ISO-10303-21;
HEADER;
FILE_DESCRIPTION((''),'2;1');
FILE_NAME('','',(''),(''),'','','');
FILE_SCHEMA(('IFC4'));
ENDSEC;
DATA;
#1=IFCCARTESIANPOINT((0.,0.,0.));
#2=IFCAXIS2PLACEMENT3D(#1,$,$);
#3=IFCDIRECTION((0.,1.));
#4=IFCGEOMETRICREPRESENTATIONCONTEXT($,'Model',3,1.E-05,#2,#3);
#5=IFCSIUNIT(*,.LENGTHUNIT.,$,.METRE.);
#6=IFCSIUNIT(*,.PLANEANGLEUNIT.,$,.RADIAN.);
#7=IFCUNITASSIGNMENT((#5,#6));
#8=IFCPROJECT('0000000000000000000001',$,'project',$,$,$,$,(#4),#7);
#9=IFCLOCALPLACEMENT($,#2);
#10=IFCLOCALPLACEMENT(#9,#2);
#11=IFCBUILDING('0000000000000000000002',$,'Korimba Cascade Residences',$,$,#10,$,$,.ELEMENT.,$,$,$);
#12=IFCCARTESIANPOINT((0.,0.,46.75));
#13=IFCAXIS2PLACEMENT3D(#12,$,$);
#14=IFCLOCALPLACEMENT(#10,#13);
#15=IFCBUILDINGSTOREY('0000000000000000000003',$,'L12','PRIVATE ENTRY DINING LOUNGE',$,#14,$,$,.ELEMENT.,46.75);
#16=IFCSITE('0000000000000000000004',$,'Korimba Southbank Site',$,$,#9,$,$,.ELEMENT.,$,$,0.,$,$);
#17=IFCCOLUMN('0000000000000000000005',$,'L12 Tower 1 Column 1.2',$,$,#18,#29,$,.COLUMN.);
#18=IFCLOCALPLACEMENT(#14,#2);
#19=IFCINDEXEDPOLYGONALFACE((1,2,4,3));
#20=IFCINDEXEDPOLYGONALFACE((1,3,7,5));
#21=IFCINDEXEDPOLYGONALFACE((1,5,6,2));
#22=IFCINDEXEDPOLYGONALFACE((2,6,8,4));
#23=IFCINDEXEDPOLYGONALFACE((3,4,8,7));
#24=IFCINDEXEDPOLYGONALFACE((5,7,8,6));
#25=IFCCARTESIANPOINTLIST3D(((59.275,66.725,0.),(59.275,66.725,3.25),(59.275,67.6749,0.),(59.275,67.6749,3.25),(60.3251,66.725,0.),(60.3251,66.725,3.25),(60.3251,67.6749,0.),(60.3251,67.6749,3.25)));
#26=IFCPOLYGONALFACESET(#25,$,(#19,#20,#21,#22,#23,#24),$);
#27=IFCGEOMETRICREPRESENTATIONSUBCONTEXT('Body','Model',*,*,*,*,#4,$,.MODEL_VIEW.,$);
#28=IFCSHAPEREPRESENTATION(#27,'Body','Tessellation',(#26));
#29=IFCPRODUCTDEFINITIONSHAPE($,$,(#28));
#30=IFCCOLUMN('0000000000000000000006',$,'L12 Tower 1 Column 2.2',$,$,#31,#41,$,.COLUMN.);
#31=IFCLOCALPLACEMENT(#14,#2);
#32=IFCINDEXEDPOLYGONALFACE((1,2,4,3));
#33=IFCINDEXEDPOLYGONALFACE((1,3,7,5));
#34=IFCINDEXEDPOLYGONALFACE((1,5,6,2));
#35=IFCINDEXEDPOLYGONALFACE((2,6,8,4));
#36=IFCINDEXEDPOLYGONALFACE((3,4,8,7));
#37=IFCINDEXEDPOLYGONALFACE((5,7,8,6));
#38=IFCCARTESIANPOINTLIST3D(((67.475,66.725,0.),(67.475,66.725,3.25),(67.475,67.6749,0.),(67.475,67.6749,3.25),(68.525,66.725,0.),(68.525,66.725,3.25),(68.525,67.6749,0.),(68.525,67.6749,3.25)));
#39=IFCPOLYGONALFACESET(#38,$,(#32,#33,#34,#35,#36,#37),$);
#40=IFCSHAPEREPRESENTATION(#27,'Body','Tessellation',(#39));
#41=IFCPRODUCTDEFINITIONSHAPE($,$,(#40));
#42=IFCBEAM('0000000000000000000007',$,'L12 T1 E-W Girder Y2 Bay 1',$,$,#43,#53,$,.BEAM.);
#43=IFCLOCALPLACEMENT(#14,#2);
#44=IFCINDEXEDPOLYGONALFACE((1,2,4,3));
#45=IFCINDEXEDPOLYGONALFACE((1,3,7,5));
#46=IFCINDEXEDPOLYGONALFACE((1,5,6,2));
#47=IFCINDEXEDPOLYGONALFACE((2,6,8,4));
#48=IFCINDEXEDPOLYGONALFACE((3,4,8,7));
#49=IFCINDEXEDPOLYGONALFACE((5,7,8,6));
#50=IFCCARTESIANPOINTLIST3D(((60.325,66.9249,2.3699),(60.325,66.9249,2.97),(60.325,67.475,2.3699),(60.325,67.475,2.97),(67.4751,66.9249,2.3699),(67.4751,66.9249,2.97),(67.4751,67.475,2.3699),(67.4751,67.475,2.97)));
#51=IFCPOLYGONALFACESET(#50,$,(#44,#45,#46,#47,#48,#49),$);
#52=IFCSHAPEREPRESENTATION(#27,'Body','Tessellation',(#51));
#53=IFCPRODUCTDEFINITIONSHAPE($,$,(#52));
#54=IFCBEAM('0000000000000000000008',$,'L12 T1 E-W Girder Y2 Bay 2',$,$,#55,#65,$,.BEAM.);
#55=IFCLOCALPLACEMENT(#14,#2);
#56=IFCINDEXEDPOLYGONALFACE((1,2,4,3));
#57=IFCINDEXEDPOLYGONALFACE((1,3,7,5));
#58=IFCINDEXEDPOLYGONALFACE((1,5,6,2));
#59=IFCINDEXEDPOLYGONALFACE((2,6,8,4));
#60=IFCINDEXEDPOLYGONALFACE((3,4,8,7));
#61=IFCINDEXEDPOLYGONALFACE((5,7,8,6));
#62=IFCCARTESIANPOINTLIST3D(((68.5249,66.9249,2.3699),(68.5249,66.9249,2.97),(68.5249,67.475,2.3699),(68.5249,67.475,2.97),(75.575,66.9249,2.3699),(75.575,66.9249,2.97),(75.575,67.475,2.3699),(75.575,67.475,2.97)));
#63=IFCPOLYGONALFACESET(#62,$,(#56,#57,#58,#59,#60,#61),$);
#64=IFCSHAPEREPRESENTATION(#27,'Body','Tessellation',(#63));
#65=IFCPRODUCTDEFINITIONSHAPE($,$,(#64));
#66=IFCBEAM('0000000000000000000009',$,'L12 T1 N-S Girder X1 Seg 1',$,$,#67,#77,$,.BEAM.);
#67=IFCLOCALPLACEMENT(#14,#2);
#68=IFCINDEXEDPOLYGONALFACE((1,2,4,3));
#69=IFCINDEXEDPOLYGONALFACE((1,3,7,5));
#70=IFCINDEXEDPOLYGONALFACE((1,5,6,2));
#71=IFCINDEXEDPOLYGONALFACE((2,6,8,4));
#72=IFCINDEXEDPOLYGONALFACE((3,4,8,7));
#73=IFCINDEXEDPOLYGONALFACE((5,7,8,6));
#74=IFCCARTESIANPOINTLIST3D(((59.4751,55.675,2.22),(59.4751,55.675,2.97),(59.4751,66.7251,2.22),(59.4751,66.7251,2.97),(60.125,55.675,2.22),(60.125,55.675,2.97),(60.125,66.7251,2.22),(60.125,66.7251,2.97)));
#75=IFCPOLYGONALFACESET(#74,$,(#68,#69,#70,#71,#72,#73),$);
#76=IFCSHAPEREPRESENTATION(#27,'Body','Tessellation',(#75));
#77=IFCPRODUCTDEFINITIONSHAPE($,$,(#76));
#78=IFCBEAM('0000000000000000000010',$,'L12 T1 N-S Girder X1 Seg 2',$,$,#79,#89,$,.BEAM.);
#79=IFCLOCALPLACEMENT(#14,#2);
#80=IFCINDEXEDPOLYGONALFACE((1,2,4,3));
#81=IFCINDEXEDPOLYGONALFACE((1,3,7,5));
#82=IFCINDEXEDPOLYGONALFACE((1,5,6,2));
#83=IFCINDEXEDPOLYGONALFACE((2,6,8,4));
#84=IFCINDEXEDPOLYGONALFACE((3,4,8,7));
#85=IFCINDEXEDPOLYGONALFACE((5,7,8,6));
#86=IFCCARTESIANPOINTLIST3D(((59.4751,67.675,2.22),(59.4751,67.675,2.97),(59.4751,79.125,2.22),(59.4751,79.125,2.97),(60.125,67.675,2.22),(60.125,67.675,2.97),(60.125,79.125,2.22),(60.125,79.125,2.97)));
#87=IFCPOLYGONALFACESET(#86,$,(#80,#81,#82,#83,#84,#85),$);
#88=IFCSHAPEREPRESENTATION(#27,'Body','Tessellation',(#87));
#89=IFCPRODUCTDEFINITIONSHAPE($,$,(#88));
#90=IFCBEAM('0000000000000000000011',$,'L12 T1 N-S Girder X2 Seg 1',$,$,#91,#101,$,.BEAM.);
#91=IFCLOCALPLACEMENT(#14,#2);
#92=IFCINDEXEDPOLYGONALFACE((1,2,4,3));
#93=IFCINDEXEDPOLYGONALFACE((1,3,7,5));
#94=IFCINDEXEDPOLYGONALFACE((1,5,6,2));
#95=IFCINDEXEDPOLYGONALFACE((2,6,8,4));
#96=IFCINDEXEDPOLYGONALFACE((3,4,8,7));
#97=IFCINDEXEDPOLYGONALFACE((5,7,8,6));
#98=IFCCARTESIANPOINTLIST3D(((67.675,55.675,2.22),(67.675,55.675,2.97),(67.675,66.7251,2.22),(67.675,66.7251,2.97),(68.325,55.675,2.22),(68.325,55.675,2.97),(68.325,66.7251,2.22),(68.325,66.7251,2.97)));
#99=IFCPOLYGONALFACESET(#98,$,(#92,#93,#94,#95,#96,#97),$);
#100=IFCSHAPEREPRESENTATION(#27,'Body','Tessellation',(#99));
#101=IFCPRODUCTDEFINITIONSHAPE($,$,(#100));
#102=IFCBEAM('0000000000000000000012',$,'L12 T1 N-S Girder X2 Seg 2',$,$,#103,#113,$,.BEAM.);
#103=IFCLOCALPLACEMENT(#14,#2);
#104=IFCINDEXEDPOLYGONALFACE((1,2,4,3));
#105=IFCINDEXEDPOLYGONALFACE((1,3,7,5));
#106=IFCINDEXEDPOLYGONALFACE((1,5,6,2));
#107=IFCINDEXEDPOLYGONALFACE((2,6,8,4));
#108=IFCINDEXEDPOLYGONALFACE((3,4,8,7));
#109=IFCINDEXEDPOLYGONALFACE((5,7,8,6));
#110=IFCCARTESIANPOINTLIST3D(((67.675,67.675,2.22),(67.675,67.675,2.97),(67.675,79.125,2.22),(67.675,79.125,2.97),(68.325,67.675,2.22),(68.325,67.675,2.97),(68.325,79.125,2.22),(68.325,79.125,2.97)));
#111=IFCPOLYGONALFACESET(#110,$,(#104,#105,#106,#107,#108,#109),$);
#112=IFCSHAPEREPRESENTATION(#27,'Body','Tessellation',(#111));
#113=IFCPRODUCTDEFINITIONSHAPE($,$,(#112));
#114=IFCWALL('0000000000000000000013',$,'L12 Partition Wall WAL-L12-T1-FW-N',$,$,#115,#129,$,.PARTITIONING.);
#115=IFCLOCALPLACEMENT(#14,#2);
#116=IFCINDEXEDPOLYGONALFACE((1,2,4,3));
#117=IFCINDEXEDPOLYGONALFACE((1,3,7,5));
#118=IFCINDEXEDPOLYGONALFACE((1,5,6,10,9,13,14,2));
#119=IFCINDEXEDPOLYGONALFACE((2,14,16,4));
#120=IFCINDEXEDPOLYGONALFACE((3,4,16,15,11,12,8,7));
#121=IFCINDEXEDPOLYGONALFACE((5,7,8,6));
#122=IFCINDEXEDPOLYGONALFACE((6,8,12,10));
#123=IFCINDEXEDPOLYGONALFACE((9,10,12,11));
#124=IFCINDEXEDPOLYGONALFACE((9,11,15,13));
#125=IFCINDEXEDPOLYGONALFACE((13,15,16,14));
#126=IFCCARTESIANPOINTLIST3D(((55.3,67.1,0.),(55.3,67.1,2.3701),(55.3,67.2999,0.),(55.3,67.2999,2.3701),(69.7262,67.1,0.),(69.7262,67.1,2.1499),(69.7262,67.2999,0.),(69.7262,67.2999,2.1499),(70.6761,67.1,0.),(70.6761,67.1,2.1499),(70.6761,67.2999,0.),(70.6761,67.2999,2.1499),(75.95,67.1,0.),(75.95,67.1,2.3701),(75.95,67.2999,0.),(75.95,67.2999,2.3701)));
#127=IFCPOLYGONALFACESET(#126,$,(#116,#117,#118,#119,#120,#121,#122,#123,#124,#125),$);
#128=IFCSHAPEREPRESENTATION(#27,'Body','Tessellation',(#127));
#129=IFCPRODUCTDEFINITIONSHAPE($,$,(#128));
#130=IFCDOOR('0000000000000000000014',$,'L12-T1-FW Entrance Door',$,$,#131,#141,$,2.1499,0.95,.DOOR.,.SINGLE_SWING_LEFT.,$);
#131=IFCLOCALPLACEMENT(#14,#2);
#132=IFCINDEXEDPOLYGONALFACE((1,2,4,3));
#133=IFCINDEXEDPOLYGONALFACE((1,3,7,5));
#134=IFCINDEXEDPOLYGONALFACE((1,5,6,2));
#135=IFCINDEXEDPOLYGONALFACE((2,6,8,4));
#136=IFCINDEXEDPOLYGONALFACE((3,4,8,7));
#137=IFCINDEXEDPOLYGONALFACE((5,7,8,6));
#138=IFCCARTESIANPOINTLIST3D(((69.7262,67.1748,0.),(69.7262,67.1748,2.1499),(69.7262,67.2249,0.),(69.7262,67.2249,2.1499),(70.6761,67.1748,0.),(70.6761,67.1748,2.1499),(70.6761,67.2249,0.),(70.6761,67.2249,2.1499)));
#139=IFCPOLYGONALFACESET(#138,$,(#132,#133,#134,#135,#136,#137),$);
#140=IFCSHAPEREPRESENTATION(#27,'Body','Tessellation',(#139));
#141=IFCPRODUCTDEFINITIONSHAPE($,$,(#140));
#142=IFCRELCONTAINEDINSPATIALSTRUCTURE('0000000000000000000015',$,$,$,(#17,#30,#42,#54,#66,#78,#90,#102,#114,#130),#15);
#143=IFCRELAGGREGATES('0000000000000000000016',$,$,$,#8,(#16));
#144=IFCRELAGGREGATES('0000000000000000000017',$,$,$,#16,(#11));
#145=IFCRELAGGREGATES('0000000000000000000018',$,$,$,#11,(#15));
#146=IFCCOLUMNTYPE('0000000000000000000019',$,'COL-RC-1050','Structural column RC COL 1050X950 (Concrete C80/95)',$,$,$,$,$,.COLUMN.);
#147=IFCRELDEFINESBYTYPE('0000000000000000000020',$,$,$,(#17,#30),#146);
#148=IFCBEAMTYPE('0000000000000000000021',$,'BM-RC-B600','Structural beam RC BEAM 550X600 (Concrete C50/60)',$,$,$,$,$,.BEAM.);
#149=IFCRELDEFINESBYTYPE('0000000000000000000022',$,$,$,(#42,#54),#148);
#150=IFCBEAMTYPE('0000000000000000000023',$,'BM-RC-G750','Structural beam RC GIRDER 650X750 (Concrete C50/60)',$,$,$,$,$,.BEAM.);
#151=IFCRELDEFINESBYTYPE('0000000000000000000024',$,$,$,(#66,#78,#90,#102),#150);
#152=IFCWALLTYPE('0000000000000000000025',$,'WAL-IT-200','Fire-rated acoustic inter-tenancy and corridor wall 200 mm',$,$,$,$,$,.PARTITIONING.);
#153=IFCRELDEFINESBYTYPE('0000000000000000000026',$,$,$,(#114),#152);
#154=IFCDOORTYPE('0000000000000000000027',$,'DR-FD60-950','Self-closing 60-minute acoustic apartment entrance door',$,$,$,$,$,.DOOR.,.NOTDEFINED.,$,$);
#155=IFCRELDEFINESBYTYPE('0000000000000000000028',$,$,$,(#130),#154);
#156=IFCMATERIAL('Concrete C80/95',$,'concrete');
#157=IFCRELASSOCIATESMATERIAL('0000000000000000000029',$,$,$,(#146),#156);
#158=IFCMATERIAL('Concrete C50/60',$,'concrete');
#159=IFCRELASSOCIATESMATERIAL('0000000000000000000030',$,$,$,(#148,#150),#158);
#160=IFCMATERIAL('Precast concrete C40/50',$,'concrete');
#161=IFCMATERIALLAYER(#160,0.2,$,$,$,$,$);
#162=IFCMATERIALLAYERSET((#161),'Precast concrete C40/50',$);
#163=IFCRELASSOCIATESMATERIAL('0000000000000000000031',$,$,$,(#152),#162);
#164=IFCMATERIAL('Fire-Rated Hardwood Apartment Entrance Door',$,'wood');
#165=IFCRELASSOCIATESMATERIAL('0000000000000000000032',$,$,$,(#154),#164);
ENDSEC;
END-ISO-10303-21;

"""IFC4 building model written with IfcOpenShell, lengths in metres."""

from ifc_helpers import new_model, si_unit, direction, frame, frame_2d, origin, origin_2d, place, context, subcontext, project, spatial, rectangle, extrude, material, layer, layer_set, material_profile, profile_set, type_object, element, fill, save


model = new_model("IFC4")

# Units and contexts
model_context = context("Model", 3, precision=1e-05, world=origin(), true_north=direction((0.0, 1.0)))
body_context = subcontext(model_context, "Body", "Model", "MODEL_VIEW")
ifc_project = project(units=[si_unit("LENGTHUNIT", "METRE"), si_unit("PLANEANGLEUNIT", "RADIAN")], contexts=[model_context])

# Site, building, storey
site_placement = place(None, origin())
site = spatial("IfcSite", under=ifc_project, at=site_placement, Name="Korimba Southbank Site", CompositionType="ELEMENT", RefElevation=0.0)
building_placement = place(site_placement, origin())
building = spatial("IfcBuilding", under=site, at=building_placement, Name="Korimba Cascade Residences", CompositionType="ELEMENT")
storey_placement = place(building_placement, frame((0.0, 0.0, 46.75)))
storey = spatial("IfcBuildingStorey", under=building, at=storey_placement, Name="L12", Description="PRIVATE ENTRY DINING LOUNGE", CompositionType="ELEMENT", Elevation=46.75)

# Columns
ifc_material_1 = material(Name="Concrete C80/95", Category="concrete")
ifc_material_profile_1 = material_profile(ifc_material_1, rectangle(XDim=1.05, YDim=0.95, at=origin_2d()), Name="Concrete C80/95")
ifc_profile_set_1 = profile_set([ifc_material_profile_1], Name="Concrete C80/95")
column_type = type_object("IfcColumnType", Name="COL-RC-1050", Description="Structural column RC COL 1050X950 (Concrete C80/95)", PredefinedType="COLUMN", material=ifc_profile_set_1)
for number, where, z_axis, x_axis, name in (
    (1, (59.8, 67.2, 0.0), (0.0, 0.0, 1.0), (1.0, 0.0, 0.0), "L12 Tower 1 Column 1.2"),
    (2, (68.0, 67.2, 0.0), (0.0, 0.0, 1.0), (1.0, 0.0, 0.0), "L12 Tower 1 Column 2.2"),
):
    element("IfcColumn", number, at=place(storey_placement, frame(where, z_axis=z_axis, x_axis=x_axis)), inside=storey, type_object=column_type, Name=name, PredefinedType="COLUMN", context=body_context, shape_type="SweptSolid", body=[
        extrude(rectangle(XDim=1.05, YDim=0.95, at=origin_2d()), origin(), (0.0, 0.0, 1.0), 3.25),
    ])

# Beams
ifc_material_2 = material(Name="Concrete C50/60", Category="concrete")
ifc_material_profile_2 = material_profile(ifc_material_2, rectangle(XDim=0.55, YDim=0.6001, at=origin_2d()), Name="Concrete C50/60")
ifc_profile_set_2 = profile_set([ifc_material_profile_2], Name="Concrete C50/60")
beam_type_1 = type_object("IfcBeamType", Name="BM-RC-B600", Description="Structural beam RC BEAM 550X600 (Concrete C50/60)", PredefinedType="BEAM", material=ifc_profile_set_2)
beam_1_placement = place(storey_placement, frame((60.325, 67.2, 2.6699), z_axis=(1.0, 0.0, 0.0), x_axis=(0.0, 1.0, 0.0)))
element("IfcBeam", 3, at=beam_1_placement, inside=storey, type_object=beam_type_1, Name="L12 T1 E-W Girder Y2 Bay 1", PredefinedType="BEAM", context=body_context, shape_type="SweptSolid", body=[
    extrude(rectangle(XDim=0.55, YDim=0.6001, at=origin_2d()), origin(), (0.0, 0.0, 1.0), 7.1501),
])
beam_2_placement = place(storey_placement, frame((68.5249, 67.2, 2.6699), z_axis=(1.0, 0.0, 0.0), x_axis=(0.0, 1.0, 0.0)))
element("IfcBeam", 4, at=beam_2_placement, inside=storey, type_object=beam_type_1, Name="L12 T1 E-W Girder Y2 Bay 2", PredefinedType="BEAM", context=body_context, shape_type="SweptSolid", body=[
    extrude(rectangle(XDim=0.55, YDim=0.6001, at=origin_2d()), origin(), (0.0, 0.0, 1.0), 7.05),
])
ifc_material_profile_3 = material_profile(ifc_material_2, rectangle(XDim=0.6499, YDim=0.75, at=origin_2d()), Name="Concrete C50/60")
ifc_profile_set_3 = profile_set([ifc_material_profile_3], Name="Concrete C50/60")
beam_type_2 = type_object("IfcBeamType", Name="BM-RC-G750", Description="Structural beam RC GIRDER 650X750 (Concrete C50/60)", PredefinedType="BEAM", material=ifc_profile_set_3)
beam_3_placement = place(storey_placement, frame((59.8, 55.675, 2.595), z_axis=(0.0, 1.0, 0.0), x_axis=(-1.0, 0.0, 0.0)))
element("IfcBeam", 5, at=beam_3_placement, inside=storey, type_object=beam_type_2, Name="L12 T1 N-S Girder X1 Seg 1", PredefinedType="BEAM", context=body_context, shape_type="SweptSolid", body=[
    extrude(rectangle(XDim=0.6499, YDim=0.75, at=origin_2d()), origin(), (0.0, 0.0, 1.0), 11.05),
])
beam_4_placement = place(storey_placement, frame((59.8, 67.675, 2.595), z_axis=(0.0, 1.0, 0.0), x_axis=(-1.0, 0.0, 0.0)))
element("IfcBeam", 6, at=beam_4_placement, inside=storey, type_object=beam_type_2, Name="L12 T1 N-S Girder X1 Seg 2", PredefinedType="BEAM", context=body_context, shape_type="SweptSolid", body=[
    extrude(rectangle(XDim=0.6499, YDim=0.75, at=origin_2d()), origin(), (0.0, 0.0, 1.0), 11.45),
])
beam_5_placement = place(storey_placement, frame((68.0, 55.675, 2.595), z_axis=(0.0, 1.0, 0.0), x_axis=(-1.0, 0.0, 0.0)))
element("IfcBeam", 7, at=beam_5_placement, inside=storey, type_object=beam_type_2, Name="L12 T1 N-S Girder X2 Seg 1", PredefinedType="BEAM", context=body_context, shape_type="SweptSolid", body=[
    extrude(rectangle(XDim=0.6499, YDim=0.75, at=origin_2d()), origin(), (0.0, 0.0, 1.0), 11.05),
])
beam_6_placement = place(storey_placement, frame((68.0, 67.675, 2.595), z_axis=(0.0, 1.0, 0.0), x_axis=(-1.0, 0.0, 0.0)))
element("IfcBeam", 8, at=beam_6_placement, inside=storey, type_object=beam_type_2, Name="L12 T1 N-S Girder X2 Seg 2", PredefinedType="BEAM", context=body_context, shape_type="SweptSolid", body=[
    extrude(rectangle(XDim=0.6499, YDim=0.75, at=origin_2d()), origin(), (0.0, 0.0, 1.0), 11.45),
])

# Wall, opening, door
ifc_material_3 = material(Name="Precast concrete C40/50", Category="concrete")
ifc_layer_1 = layer(ifc_material_3, 0.2)
ifc_layer_set_1 = layer_set([ifc_layer_1], Name="Precast concrete C40/50")
wall_type_1 = type_object("IfcWallType", Name="WAL-IT-200", Description="Fire-rated acoustic inter-tenancy and corridor wall 200 mm", PredefinedType="PARTITIONING", material=ifc_layer_set_1)
wall_1_placement = place(storey_placement, frame((55.3, 67.2, 0.0), z_axis=(0.0, 0.0, 1.0), x_axis=(1.0, 0.0, 0.0)))
wall_1 = element("IfcWall", 9, at=wall_1_placement, inside=storey, type_object=wall_type_1, Name="L12 Partition Wall WAL-L12-T1-FW-N", PredefinedType="PARTITIONING", context=body_context, shape_type="SweptSolid", body=[
    extrude(rectangle(XDim=20.6499, YDim=0.2, at=frame_2d((10.325, 0.0))), origin(), (0.0, 0.0, 1.0), 2.3701),
])
opening_1_placement = place(wall_1_placement, frame((14.426, 0.0, 0.0)))
opening_1 = element("IfcOpeningElement", 10, at=opening_1_placement, cuts=wall_1, PredefinedType="OPENING", context=body_context, shape_type="SweptSolid", body=[
    extrude(rectangle(XDim=0.95, YDim=2.1499, at=frame_2d((0.4751, 1.075))), frame((0.0, 0.1099, 0.0), z_axis=(0.0, -1.0, 0.0), x_axis=(1.0, 0.0, 0.0)), (0.0, 0.0, 1.0), 0.22),
])
ifc_material_4 = material(Name="Fire-Rated Hardwood Apartment Entrance Door", Category="wood")
door_type_1 = type_object("IfcDoorType", Name="DR-FD60-950", Description="Self-closing 60-minute acoustic apartment entrance door", OperationType="NOTDEFINED", PredefinedType="DOOR", material=ifc_material_4)
door_1_placement = place(opening_1_placement, origin())
door_1 = element("IfcDoor", 11, at=door_1_placement, inside=storey, type_object=door_type_1, Name="L12-T1-FW Entrance Door", OperationType="SINGLE_SWING_LEFT", OverallHeight=2.1499, OverallWidth=0.95, PredefinedType="DOOR", context=body_context, shape_type="SweptSolid", body=[
    extrude(rectangle(XDim=0.95, YDim=2.1499, at=frame_2d((0.4751, 1.075))), frame((0.0, 0.0249, 0.0), z_axis=(0.0, -1.0, 0.0), x_axis=(1.0, 0.0, 0.0)), (0.0, 0.0, 1.0), 0.05),
])
fill(opening_1, door_1)

save(model, "model.ifc")
